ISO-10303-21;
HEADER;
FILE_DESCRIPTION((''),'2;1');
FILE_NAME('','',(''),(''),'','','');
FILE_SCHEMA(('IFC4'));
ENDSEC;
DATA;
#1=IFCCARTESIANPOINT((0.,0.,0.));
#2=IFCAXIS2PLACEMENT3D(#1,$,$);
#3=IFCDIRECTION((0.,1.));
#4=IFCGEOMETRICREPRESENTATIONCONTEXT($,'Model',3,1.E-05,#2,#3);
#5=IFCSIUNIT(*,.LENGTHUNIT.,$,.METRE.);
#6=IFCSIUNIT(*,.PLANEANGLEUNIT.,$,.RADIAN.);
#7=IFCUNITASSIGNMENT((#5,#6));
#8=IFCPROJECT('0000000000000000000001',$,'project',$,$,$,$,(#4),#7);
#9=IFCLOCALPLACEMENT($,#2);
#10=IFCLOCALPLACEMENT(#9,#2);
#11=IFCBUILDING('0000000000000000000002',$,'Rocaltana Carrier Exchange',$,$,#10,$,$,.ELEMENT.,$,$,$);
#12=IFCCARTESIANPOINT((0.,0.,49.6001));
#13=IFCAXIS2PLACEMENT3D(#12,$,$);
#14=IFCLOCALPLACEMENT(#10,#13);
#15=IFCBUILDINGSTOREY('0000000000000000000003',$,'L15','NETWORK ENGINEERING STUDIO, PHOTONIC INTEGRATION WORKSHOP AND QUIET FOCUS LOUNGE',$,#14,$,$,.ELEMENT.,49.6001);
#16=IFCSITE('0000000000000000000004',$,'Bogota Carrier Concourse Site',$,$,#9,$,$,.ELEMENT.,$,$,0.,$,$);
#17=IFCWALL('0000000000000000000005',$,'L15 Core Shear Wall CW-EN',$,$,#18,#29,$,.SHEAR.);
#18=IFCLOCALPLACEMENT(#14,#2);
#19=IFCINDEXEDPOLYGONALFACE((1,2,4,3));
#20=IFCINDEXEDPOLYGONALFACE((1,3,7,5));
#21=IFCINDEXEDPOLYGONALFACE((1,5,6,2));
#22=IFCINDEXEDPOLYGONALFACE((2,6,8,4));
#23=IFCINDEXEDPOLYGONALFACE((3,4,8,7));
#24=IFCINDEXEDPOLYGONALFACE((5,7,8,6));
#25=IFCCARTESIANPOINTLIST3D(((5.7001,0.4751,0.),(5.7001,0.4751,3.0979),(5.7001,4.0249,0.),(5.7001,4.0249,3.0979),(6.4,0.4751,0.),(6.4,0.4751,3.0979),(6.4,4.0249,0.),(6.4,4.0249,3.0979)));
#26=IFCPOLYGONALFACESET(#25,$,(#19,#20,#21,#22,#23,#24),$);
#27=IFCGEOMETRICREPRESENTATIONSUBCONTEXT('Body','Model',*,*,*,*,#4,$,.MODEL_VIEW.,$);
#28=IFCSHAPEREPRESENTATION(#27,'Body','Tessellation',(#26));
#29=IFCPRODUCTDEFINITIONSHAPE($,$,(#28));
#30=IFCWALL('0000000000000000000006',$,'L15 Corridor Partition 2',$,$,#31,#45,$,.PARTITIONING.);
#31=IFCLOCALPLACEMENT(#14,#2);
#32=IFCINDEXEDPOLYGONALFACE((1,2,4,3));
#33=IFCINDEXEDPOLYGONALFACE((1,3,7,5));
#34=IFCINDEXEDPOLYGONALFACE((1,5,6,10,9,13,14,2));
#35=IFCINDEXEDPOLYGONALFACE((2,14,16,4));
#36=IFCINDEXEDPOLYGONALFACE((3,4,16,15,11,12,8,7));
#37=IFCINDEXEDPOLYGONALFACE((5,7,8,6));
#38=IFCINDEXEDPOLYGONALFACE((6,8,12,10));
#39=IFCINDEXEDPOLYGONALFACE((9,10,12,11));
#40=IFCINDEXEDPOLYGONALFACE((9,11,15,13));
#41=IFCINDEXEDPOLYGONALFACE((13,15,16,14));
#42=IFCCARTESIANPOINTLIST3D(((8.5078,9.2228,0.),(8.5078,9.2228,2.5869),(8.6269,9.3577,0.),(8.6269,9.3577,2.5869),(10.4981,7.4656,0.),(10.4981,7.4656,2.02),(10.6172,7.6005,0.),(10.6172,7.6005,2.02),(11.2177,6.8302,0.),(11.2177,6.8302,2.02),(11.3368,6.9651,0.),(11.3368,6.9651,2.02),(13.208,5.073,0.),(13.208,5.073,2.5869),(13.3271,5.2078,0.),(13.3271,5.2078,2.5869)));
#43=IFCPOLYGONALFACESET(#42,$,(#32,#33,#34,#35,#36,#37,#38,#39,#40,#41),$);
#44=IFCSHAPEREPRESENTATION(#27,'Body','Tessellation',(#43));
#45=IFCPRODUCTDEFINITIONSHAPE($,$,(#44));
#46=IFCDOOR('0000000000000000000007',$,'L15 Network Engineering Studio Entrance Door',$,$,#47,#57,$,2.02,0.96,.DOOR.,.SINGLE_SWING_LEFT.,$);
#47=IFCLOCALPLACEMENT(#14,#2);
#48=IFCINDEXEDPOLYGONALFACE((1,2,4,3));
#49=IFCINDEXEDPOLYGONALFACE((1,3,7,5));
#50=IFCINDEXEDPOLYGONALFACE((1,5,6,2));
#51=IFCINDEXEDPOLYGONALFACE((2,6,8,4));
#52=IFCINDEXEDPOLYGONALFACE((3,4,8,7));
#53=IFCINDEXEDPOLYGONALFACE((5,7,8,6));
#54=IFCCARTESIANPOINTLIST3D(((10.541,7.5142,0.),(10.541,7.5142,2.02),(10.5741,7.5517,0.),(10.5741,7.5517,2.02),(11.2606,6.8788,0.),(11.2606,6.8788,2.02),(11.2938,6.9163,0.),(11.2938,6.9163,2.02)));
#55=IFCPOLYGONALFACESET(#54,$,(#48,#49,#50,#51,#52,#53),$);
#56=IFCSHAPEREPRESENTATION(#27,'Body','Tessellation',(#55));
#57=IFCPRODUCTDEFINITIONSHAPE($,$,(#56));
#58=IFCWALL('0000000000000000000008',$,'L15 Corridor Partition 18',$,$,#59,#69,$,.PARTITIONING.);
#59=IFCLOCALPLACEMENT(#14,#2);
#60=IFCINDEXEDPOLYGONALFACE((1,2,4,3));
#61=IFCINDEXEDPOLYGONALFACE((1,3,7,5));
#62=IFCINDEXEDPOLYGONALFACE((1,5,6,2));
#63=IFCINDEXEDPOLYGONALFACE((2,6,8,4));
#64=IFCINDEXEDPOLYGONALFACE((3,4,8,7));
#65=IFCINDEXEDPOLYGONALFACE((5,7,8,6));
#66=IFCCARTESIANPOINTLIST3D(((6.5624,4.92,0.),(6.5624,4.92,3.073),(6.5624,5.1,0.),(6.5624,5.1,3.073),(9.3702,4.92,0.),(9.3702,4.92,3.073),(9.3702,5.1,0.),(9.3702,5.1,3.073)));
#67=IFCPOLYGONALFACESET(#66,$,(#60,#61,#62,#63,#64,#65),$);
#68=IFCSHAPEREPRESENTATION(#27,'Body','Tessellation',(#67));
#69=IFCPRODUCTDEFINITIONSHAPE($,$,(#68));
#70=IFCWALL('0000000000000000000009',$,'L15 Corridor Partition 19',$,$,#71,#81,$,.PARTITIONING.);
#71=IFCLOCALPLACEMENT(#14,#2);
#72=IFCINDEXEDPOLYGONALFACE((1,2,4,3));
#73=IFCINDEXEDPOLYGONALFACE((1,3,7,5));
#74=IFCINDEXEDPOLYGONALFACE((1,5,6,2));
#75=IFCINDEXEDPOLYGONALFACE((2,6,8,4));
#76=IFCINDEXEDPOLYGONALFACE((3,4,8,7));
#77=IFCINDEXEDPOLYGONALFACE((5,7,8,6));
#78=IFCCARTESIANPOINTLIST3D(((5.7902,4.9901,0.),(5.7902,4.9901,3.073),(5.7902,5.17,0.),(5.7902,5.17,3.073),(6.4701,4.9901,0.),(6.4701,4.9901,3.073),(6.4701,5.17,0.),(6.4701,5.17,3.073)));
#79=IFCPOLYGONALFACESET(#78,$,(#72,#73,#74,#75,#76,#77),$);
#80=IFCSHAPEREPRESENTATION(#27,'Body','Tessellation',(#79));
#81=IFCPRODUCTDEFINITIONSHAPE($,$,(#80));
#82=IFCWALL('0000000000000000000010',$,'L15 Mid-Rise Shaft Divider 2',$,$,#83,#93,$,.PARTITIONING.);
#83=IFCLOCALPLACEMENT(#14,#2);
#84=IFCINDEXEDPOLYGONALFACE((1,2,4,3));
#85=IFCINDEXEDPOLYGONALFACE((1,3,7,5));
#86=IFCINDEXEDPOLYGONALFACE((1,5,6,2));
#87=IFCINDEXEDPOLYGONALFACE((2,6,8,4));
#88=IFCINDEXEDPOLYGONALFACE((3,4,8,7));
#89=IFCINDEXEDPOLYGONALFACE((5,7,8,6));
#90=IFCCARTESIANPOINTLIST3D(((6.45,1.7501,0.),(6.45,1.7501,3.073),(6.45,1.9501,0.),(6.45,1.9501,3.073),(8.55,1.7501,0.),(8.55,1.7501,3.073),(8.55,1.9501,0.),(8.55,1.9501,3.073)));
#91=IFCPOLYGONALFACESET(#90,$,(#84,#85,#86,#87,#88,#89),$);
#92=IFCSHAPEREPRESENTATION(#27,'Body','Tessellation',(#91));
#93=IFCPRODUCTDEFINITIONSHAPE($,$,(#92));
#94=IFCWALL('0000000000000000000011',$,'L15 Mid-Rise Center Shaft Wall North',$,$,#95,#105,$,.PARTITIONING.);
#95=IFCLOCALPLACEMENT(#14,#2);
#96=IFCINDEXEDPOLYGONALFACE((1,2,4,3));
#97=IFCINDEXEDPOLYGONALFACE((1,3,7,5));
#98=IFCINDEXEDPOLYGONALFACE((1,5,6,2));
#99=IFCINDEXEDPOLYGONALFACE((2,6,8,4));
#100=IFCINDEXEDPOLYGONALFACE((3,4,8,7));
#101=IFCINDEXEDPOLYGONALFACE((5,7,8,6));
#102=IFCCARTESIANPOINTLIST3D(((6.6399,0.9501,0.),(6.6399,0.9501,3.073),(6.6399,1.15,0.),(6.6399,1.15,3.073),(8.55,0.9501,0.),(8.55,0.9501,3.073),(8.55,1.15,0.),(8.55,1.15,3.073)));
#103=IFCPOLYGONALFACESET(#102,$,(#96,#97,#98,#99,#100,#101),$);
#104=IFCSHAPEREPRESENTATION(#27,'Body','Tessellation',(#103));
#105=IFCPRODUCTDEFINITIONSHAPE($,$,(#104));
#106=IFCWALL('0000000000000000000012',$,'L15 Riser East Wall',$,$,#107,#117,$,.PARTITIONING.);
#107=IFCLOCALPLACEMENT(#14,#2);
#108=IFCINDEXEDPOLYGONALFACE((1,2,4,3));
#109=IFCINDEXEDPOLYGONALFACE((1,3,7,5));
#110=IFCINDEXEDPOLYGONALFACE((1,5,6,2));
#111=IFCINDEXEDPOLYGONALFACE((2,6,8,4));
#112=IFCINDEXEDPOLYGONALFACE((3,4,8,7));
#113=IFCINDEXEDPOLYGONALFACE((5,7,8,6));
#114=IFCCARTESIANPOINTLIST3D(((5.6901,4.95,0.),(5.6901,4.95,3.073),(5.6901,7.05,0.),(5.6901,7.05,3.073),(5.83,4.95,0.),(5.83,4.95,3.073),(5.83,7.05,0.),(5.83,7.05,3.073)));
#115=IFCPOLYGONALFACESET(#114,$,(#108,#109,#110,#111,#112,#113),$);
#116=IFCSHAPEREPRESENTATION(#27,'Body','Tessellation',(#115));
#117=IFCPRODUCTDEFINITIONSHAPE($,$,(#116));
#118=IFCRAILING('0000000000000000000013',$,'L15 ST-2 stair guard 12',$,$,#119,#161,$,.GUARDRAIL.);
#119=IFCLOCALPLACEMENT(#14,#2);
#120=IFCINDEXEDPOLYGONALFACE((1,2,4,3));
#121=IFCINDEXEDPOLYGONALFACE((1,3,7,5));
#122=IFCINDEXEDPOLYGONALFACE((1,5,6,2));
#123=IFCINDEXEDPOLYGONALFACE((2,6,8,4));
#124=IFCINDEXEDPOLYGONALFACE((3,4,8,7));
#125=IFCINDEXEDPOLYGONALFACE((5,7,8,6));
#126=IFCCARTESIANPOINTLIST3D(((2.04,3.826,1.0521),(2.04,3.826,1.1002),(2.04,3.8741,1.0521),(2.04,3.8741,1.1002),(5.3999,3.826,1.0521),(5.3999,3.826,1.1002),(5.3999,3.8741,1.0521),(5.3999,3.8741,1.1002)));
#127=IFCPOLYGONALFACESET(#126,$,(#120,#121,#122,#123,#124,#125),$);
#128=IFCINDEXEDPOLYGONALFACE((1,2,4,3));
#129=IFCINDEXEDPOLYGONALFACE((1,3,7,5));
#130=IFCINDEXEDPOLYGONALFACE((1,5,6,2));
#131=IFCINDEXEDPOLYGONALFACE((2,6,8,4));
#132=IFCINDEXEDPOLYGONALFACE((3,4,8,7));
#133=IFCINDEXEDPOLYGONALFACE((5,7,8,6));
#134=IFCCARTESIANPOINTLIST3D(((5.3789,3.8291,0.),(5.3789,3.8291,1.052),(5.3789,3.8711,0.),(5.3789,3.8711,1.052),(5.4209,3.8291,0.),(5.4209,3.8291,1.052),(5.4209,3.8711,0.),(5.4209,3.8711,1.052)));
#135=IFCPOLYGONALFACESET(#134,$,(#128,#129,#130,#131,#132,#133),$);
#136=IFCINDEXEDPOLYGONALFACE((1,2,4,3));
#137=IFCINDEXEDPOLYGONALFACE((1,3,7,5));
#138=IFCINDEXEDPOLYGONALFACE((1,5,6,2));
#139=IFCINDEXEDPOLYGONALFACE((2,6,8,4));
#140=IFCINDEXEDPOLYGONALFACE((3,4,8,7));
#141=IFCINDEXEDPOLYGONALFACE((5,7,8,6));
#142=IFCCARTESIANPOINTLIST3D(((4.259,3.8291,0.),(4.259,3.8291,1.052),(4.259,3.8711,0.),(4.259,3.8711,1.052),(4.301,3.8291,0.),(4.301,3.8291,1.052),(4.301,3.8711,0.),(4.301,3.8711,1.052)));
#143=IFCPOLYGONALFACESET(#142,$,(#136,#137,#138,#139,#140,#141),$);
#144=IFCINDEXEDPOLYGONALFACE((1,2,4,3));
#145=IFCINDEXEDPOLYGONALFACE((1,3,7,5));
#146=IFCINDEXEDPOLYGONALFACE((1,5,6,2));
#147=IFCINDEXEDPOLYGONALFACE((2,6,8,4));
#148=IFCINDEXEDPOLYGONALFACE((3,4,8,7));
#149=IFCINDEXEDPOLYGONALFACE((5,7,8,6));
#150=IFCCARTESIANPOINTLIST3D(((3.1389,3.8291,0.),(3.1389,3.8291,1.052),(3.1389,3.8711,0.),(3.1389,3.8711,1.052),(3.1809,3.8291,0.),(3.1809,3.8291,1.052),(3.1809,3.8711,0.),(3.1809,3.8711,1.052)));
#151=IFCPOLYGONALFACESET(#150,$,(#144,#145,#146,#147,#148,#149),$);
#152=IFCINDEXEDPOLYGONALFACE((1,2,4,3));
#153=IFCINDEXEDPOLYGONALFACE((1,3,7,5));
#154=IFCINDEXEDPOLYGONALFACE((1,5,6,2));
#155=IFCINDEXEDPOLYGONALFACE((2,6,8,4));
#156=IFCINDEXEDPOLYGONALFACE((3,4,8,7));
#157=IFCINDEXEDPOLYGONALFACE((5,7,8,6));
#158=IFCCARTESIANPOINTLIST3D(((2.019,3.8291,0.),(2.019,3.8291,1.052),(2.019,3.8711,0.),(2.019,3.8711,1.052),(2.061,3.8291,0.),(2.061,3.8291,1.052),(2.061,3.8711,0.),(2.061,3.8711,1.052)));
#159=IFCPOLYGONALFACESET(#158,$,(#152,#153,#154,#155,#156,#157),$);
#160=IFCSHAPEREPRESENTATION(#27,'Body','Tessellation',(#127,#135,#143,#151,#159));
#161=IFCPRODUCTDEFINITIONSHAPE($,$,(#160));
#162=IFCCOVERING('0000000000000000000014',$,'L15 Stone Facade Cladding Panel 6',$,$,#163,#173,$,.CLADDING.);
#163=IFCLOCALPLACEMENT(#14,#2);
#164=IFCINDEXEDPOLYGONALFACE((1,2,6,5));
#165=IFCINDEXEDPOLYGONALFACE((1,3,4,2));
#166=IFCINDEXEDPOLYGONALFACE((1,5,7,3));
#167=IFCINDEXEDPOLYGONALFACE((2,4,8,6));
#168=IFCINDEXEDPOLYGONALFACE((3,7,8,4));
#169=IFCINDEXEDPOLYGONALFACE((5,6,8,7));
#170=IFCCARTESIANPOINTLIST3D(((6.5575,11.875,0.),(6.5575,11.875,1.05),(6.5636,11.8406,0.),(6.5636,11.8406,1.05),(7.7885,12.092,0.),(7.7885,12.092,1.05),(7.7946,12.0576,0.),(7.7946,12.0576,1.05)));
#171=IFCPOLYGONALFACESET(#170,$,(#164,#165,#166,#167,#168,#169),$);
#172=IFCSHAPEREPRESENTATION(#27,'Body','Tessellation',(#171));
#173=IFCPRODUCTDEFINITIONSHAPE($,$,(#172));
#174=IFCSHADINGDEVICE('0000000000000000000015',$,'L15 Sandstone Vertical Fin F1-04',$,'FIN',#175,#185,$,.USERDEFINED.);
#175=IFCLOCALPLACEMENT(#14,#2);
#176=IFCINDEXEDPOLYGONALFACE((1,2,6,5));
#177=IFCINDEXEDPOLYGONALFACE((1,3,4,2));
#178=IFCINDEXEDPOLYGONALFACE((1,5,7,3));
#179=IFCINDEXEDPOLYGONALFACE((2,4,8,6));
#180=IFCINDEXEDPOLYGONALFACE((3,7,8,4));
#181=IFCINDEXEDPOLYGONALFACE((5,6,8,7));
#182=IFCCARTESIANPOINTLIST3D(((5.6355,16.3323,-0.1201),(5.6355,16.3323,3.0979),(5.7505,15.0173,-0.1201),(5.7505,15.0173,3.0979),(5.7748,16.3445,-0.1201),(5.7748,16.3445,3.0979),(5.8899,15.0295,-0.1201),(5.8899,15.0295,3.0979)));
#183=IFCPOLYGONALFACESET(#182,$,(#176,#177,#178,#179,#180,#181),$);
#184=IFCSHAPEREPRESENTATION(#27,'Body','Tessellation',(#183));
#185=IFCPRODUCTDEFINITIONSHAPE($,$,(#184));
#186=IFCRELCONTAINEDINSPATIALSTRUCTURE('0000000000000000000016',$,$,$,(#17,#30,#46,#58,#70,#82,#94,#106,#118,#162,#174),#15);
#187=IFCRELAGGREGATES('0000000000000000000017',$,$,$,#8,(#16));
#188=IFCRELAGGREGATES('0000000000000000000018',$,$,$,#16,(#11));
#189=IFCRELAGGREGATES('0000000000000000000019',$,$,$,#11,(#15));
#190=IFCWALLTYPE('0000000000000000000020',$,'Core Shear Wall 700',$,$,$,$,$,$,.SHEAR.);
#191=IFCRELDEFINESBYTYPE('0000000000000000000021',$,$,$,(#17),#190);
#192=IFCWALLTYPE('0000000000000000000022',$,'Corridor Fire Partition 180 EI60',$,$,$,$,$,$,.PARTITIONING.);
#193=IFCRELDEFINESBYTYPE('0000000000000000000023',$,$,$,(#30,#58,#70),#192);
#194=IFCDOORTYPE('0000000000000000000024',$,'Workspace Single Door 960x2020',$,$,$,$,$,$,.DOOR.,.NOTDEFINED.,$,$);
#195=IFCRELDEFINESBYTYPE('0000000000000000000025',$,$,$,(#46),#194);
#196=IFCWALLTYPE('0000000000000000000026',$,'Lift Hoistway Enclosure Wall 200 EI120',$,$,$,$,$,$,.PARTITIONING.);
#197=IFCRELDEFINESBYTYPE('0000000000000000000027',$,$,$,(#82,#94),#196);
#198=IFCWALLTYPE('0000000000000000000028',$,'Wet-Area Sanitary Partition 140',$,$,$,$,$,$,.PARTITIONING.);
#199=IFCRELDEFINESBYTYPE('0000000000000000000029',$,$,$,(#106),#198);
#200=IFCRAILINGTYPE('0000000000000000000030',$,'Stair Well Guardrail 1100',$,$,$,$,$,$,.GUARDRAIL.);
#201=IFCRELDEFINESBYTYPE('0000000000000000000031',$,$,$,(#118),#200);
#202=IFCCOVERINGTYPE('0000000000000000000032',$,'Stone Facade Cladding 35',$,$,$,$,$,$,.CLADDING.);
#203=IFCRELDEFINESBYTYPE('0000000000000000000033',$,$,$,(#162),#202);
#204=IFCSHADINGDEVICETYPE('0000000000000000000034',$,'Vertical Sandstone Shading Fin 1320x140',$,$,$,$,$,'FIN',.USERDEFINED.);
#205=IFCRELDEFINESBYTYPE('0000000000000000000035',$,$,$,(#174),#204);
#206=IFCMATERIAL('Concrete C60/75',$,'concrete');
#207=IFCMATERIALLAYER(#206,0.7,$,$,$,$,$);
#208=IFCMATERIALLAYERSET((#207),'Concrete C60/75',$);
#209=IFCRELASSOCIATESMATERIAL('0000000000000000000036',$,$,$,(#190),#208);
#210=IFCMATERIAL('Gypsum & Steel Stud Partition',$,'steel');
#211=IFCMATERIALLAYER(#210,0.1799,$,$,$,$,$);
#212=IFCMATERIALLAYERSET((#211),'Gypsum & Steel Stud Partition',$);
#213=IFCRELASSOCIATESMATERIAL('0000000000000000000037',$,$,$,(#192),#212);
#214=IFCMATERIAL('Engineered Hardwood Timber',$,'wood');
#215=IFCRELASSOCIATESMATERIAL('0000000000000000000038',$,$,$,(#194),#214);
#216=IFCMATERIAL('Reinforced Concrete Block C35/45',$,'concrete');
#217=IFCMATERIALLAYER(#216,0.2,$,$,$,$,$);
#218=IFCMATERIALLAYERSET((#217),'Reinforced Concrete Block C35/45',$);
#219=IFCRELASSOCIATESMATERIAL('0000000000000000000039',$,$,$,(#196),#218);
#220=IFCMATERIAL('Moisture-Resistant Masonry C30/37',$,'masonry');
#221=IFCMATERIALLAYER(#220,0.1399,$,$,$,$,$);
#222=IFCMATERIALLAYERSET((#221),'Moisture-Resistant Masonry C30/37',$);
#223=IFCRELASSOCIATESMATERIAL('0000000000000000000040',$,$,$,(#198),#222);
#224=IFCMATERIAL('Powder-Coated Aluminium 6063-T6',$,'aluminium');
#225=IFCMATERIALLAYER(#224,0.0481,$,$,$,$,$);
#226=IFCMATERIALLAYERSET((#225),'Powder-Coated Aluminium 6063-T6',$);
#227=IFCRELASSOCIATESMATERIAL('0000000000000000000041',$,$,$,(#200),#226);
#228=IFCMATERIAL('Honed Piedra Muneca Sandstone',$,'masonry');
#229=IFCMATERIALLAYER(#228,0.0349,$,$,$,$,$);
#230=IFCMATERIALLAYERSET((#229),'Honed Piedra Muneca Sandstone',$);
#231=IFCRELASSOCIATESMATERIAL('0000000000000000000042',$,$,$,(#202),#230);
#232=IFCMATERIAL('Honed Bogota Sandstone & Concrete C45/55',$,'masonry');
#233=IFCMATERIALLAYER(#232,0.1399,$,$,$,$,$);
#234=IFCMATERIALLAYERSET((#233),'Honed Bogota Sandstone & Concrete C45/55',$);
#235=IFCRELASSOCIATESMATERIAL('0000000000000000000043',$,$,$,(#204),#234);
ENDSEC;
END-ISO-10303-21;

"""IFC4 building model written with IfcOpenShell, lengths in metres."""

from ifc_helpers import new_model, si_unit, direction, frame, frame_2d, origin, origin_2d, place, context, subcontext, project, spatial, rectangle, extrude, material, layer, layer_set, type_object, element, fill, save


model = new_model("IFC4")

# Units and contexts
model_context = context("Model", 3, precision=1e-05, world=origin(), true_north=direction((0.0, 1.0)))
body_context = subcontext(model_context, "Body", "Model", "MODEL_VIEW")
ifc_project = project(units=[si_unit("LENGTHUNIT", "METRE"), si_unit("PLANEANGLEUNIT", "RADIAN")], contexts=[model_context])

# Site, building, storey
site_placement = place(None, origin())
site = spatial("IfcSite", under=ifc_project, at=site_placement, Name="Bogota Carrier Concourse Site", CompositionType="ELEMENT", RefElevation=0.0)
building_placement = place(site_placement, origin())
building = spatial("IfcBuilding", under=site, at=building_placement, Name="Rocaltana Carrier Exchange", CompositionType="ELEMENT")
storey_placement = place(building_placement, frame((0.0, 0.0, 49.6001)))
storey = spatial("IfcBuildingStorey", under=building, at=storey_placement, Name="L15", Description="NETWORK ENGINEERING STUDIO, PHOTONIC INTEGRATION WORKSHOP AND QUIET FOCUS LOUNGE", CompositionType="ELEMENT", Elevation=49.6001)

# Wall
ifc_material_1 = material(Name="Concrete C60/75", Category="concrete")
ifc_layer_1 = layer(ifc_material_1, 0.7)
ifc_layer_set_1 = layer_set([ifc_layer_1], Name="Concrete C60/75")
wall_type_1 = type_object("IfcWallType", Name="Core Shear Wall 700", PredefinedType="SHEAR", material=ifc_layer_set_1)
wall_1_placement = place(storey_placement, frame((6.05, 0.4751, 0.0), z_axis=(0.0, 0.0, 1.0), x_axis=(0.0, 1.0, 0.0)))
element("IfcWall", 1, at=wall_1_placement, inside=storey, type_object=wall_type_1, Name="L15 Core Shear Wall CW-EN", PredefinedType="SHEAR", context=body_context, shape_type="SweptSolid", body=[
    extrude(rectangle(XDim=3.5498, YDim=0.7, at=frame_2d((1.7749, 0.0))), origin(), (0.0, 0.0, 1.0), 3.0979),
])

# Wall, opening, door
ifc_material_2 = material(Name="Gypsum & Steel Stud Partition", Category="steel")
ifc_layer_2 = layer(ifc_material_2, 0.1799)
ifc_layer_set_2 = layer_set([ifc_layer_2], Name="Gypsum & Steel Stud Partition")
wall_type_2 = type_object("IfcWallType", Name="Corridor Fire Partition 180 EI60", PredefinedType="PARTITIONING", material=ifc_layer_set_2)
wall_2_placement = place(storey_placement, frame((8.5674, 9.2903, 0.0), z_axis=(0.0, 0.0, 1.0), x_axis=(0.749626, -0.661861, 0.0)))
wall_2 = element("IfcWall", 2, at=wall_2_placement, inside=storey, type_object=wall_type_2, Name="L15 Corridor Partition 2", PredefinedType="PARTITIONING", context=body_context, shape_type="SweptSolid", body=[
    extrude(rectangle(XDim=6.27, YDim=0.1799, at=frame_2d((3.135, 0.0))), origin(), (0.0, 0.0, 1.0), 2.5869),
])
opening_placement = place(wall_2_placement, frame((2.655, 0.0, 0.0)))
opening = element("IfcOpeningElement", 3, at=opening_placement, cuts=wall_2, PredefinedType="OPENING", context=body_context, shape_type="SweptSolid", body=[
    extrude(rectangle(XDim=0.96, YDim=2.02, at=frame_2d((0.48, 1.01))), frame((0.0, 0.0999, 0.0), z_axis=(0.0, -1.0, 0.0), x_axis=(1.0, 0.0, 0.0)), (0.0, 0.0, 1.0), 0.2),
])
ifc_material_3 = material(Name="Engineered Hardwood Timber", Category="wood")
door_type = type_object("IfcDoorType", Name="Workspace Single Door 960x2020", OperationType="NOTDEFINED", PredefinedType="DOOR", material=ifc_material_3)
door_placement = place(opening_placement, origin())
door = element("IfcDoor", 4, at=door_placement, inside=storey, type_object=door_type, Name="L15 Network Engineering Studio Entrance Door", OperationType="SINGLE_SWING_LEFT", OverallHeight=2.02, OverallWidth=0.96, PredefinedType="DOOR", context=body_context, shape_type="SweptSolid", body=[
    extrude(rectangle(XDim=0.96, YDim=2.02, at=frame_2d((0.48, 1.01))), frame((0.0, 0.0249, 0.0), z_axis=(0.0, -1.0, 0.0), x_axis=(1.0, 0.0, 0.0)), (0.0, 0.0, 1.0), 0.05),
])
fill(opening, door)

# Walls
wall_3_placement = place(storey_placement, frame((9.3701, 5.01, 0.0), z_axis=(0.0, 0.0, 1.0), x_axis=(-1.0, 0.0, 0.0)))
element("IfcWall", 5, at=wall_3_placement, inside=storey, type_object=wall_type_2, Name="L15 Corridor Partition 18", PredefinedType="PARTITIONING", context=body_context, shape_type="SweptSolid", body=[
    extrude(rectangle(XDim=2.8079, YDim=0.1799, at=frame_2d((1.4038, 0.0))), origin(), (0.0, 0.0, 1.0), 3.073),
])
wall_4_placement = place(storey_placement, frame((6.47, 5.0801, 0.0), z_axis=(0.0, 0.0, 1.0), x_axis=(-1.0, 0.0, 0.0)))
element("IfcWall", 6, at=wall_4_placement, inside=storey, type_object=wall_type_2, Name="L15 Corridor Partition 19", PredefinedType="PARTITIONING", context=body_context, shape_type="SweptSolid", body=[
    extrude(rectangle(XDim=0.6799, YDim=0.1799, at=frame_2d((0.3398, 0.0))), origin(), (0.0, 0.0, 1.0), 3.073),
])
ifc_material_4 = material(Name="Reinforced Concrete Block C35/45", Category="concrete")
ifc_layer_3 = layer(ifc_material_4, 0.2)
ifc_layer_set_3 = layer_set([ifc_layer_3], Name="Reinforced Concrete Block C35/45")
wall_type_3 = type_object("IfcWallType", Name="Lift Hoistway Enclosure Wall 200 EI120", PredefinedType="PARTITIONING", material=ifc_layer_set_3)
wall_5_placement = place(storey_placement, frame((6.45, 1.8501, 0.0), z_axis=(0.0, 0.0, 1.0), x_axis=(1.0, 0.0, 0.0)))
element("IfcWall", 7, at=wall_5_placement, inside=storey, type_object=wall_type_3, Name="L15 Mid-Rise Shaft Divider 2", PredefinedType="PARTITIONING", context=body_context, shape_type="SweptSolid", body=[
    extrude(rectangle(XDim=2.1001, YDim=0.2, at=frame_2d((1.05, 0.0))), origin(), (0.0, 0.0, 1.0), 3.073),
])
wall_6_placement = place(storey_placement, frame((6.6399, 1.05, 0.0), z_axis=(0.0, 0.0, 1.0), x_axis=(1.0, 0.0, 0.0)))
element("IfcWall", 8, at=wall_6_placement, inside=storey, type_object=wall_type_3, Name="L15 Mid-Rise Center Shaft Wall North", PredefinedType="PARTITIONING", context=body_context, shape_type="SweptSolid", body=[
    extrude(rectangle(XDim=1.9102, YDim=0.2, at=frame_2d((0.9551, 0.0))), origin(), (0.0, 0.0, 1.0), 3.073),
])
ifc_material_5 = material(Name="Moisture-Resistant Masonry C30/37", Category="masonry")
ifc_layer_4 = layer(ifc_material_5, 0.1399)
ifc_layer_set_4 = layer_set([ifc_layer_4], Name="Moisture-Resistant Masonry C30/37")
wall_type_4 = type_object("IfcWallType", Name="Wet-Area Sanitary Partition 140", PredefinedType="PARTITIONING", material=ifc_layer_set_4)
wall_7_placement = place(storey_placement, frame((5.76, 4.95, 0.0), z_axis=(0.0, 0.0, 1.0), x_axis=(0.0, 1.0, 0.0)))
element("IfcWall", 9, at=wall_7_placement, inside=storey, type_object=wall_type_4, Name="L15 Riser East Wall", PredefinedType="PARTITIONING", context=body_context, shape_type="SweptSolid", body=[
    extrude(rectangle(XDim=2.1001, YDim=0.1399, at=frame_2d((1.05, 0.0))), origin(), (0.0, 0.0, 1.0), 3.073),
])

# Railing
ifc_material_6 = material(Name="Powder-Coated Aluminium 6063-T6", Category="aluminium")
ifc_layer_5 = layer(ifc_material_6, 0.0481)
ifc_layer_set_5 = layer_set([ifc_layer_5], Name="Powder-Coated Aluminium 6063-T6")
railing_type = type_object("IfcRailingType", Name="Stair Well Guardrail 1100", PredefinedType="GUARDRAIL", material=ifc_layer_set_5)
railing_placement = place(storey_placement, frame((5.3999, 3.8501, 0.0)))
element("IfcRailing", 10, at=railing_placement, inside=storey, type_object=railing_type, Name="L15 ST-2 stair guard 12", PredefinedType="GUARDRAIL", context=body_context, shape_type="SweptSolid", body=[
    extrude(rectangle(XDim=0.0481, YDim=0.0481, at=origin_2d()), frame((0.0, 0.0, 1.0762), z_axis=(-1.0, 0.0, 0.0), x_axis=(0.0, -1.0, 0.0)), (0.0, 0.0, 1.0), 3.3599),
    extrude(rectangle(XDim=0.042, YDim=0.042, at=origin_2d()), origin(), (0.0, 0.0, 1.0), 1.052),
    extrude(rectangle(XDim=0.042, YDim=0.042, at=origin_2d()), frame((-1.1199, 0.0, 0.0)), (0.0, 0.0, 1.0), 1.052),
    extrude(rectangle(XDim=0.042, YDim=0.042, at=origin_2d()), frame((-2.24, 0.0, 0.0)), (0.0, 0.0, 1.0), 1.052),
    extrude(rectangle(XDim=0.042, YDim=0.042, at=origin_2d()), frame((-3.3599, 0.0, 0.0)), (0.0, 0.0, 1.0), 1.052),
])

# Covering
ifc_material_7 = material(Name="Honed Piedra Muneca Sandstone", Category="masonry")
ifc_layer_6 = layer(ifc_material_7, 0.0349)
ifc_layer_set_6 = layer_set([ifc_layer_6], Name="Honed Piedra Muneca Sandstone")
covering_type = type_object("IfcCoveringType", Name="Stone Facade Cladding 35", PredefinedType="CLADDING", material=ifc_layer_set_6)
covering_placement = place(storey_placement, frame((7.176, 11.9663, 0.0), z_axis=(0.0, 0.0, 1.0), x_axis=(0.984808, 0.173648, 0.0)))
element("IfcCovering", 11, at=covering_placement, inside=storey, type_object=covering_type, Name="L15 Stone Facade Cladding Panel 6", PredefinedType="CLADDING", context=body_context, shape_type="SweptSolid", body=[
    extrude(rectangle(XDim=1.25, YDim=0.0349, at=origin_2d()), origin(), (0.0, 0.0, 1.0), 1.05),
])

# Shading device
ifc_material_8 = material(Name="Honed Bogota Sandstone & Concrete C45/55", Category="masonry")
ifc_layer_7 = layer(ifc_material_8, 0.1399)
ifc_layer_set_7 = layer_set([ifc_layer_7], Name="Honed Bogota Sandstone & Concrete C45/55")
shading_device_type = type_object("IfcShadingDeviceType", Name="Vertical Sandstone Shading Fin 1320x140", ElementType="FIN", PredefinedType="USERDEFINED", material=ifc_layer_set_7)
shading_device_placement = place(storey_placement, frame((5.7627, 15.6809, -0.1201), z_axis=(0.0, 0.0, 1.0), x_axis=(-0.087156, 0.996195, 0.0)))
element("IfcShadingDevice", 12, at=shading_device_placement, inside=storey, type_object=shading_device_type, Name="L15 Sandstone Vertical Fin F1-04", ObjectType="FIN", PredefinedType="USERDEFINED", context=body_context, shape_type="SweptSolid", body=[
    extrude(rectangle(XDim=1.3201, YDim=0.1399, at=origin_2d()), origin(), (0.0, 0.0, 1.0), 3.218),
])

save(model, "model.ifc")
